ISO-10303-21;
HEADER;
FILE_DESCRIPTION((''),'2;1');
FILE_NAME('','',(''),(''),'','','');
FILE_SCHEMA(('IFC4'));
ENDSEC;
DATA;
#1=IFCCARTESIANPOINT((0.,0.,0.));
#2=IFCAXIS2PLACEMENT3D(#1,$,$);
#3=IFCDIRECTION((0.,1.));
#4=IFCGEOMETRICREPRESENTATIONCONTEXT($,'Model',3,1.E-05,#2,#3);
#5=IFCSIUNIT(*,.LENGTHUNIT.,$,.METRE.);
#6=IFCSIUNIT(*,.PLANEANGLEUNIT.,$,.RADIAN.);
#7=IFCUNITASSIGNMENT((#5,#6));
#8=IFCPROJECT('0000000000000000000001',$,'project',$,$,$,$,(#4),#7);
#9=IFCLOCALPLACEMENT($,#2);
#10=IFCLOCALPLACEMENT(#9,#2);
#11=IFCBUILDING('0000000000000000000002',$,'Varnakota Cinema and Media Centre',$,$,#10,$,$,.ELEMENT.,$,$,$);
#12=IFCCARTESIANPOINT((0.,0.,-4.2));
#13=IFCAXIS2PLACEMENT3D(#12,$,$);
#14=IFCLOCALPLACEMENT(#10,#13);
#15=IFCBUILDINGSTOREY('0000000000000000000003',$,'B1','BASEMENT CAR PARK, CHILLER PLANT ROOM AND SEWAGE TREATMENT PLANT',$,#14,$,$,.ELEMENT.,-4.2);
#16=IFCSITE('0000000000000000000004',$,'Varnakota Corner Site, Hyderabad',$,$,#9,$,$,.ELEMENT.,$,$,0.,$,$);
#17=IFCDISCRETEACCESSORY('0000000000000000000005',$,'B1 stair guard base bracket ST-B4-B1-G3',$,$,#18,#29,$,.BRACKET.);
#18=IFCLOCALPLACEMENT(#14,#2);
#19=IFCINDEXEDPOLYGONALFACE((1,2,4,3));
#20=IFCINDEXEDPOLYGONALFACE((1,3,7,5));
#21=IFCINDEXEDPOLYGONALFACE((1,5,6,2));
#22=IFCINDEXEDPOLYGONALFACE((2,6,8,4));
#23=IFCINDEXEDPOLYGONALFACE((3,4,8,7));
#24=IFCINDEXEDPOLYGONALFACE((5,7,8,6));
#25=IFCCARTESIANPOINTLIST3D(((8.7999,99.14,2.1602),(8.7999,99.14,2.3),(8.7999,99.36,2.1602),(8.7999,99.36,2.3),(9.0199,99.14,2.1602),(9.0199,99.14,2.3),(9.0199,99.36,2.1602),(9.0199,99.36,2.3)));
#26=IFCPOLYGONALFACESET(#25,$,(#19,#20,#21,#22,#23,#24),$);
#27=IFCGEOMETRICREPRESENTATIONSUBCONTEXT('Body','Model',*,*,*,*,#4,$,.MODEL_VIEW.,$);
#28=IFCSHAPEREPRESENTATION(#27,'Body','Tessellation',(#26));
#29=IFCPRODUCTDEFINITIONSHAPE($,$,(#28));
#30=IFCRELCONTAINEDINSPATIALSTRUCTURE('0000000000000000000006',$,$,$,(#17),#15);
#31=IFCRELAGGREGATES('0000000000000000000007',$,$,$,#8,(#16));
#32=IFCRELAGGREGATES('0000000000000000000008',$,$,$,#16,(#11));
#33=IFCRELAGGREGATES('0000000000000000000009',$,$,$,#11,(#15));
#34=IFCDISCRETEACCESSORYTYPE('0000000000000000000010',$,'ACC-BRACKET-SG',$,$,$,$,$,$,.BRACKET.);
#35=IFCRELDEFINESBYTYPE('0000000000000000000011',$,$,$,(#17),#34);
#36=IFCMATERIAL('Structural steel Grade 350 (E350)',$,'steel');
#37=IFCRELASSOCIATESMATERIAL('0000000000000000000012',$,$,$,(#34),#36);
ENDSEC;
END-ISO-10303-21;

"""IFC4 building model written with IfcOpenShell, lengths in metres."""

from ifc_helpers import new_model, si_unit, direction, frame, origin, origin_2d, place, context, subcontext, project, spatial, rectangle, extrude, material, type_object, element, save


model = new_model("IFC4")

# Units and contexts
model_context = context("Model", 3, precision=1e-05, world=origin(), true_north=direction((0.0, 1.0)))
body_context = subcontext(model_context, "Body", "Model", "MODEL_VIEW")
ifc_project = project(units=[si_unit("LENGTHUNIT", "METRE"), si_unit("PLANEANGLEUNIT", "RADIAN")], contexts=[model_context])

# Site, building, storey
site_placement = place(None, origin())
site = spatial("IfcSite", under=ifc_project, at=site_placement, Name="Varnakota Corner Site, Hyderabad", CompositionType="ELEMENT", RefElevation=0.0)
building_placement = place(site_placement, origin())
building = spatial("IfcBuilding", under=site, at=building_placement, Name="Varnakota Cinema and Media Centre", CompositionType="ELEMENT")
storey_placement = place(building_placement, frame((0.0, 0.0, -4.2)))
storey = spatial("IfcBuildingStorey", under=building, at=storey_placement, Name="B1", Description="BASEMENT CAR PARK, CHILLER PLANT ROOM AND SEWAGE TREATMENT PLANT", CompositionType="ELEMENT", Elevation=-4.2)

# Discrete accessory
ifc_material_1 = material(Name="Structural steel Grade 350 (E350)", Category="steel")
discrete_accessory_type = type_object("IfcDiscreteAccessoryType", Name="ACC-BRACKET-SG", PredefinedType="BRACKET", material=ifc_material_1)
for number, where, z_axis, x_axis, name in (
    (1, (8.9099, 99.25, 2.1602), (0.0, 0.0, 1.0), (1.0, 0.0, 0.0), "B1 stair guard base bracket ST-B4-B1-G3"),
):
    element("IfcDiscreteAccessory", number, at=place(storey_placement, frame(where, z_axis=z_axis, x_axis=x_axis)), inside=storey, type_object=discrete_accessory_type, Name=name, PredefinedType="BRACKET", context=body_context, shape_type="SweptSolid", body=[
        extrude(rectangle(XDim=0.22, YDim=0.22, at=origin_2d()), origin(), (0.0, 0.0, 1.0), 0.1399),
    ])

save(model, "model.ifc")
